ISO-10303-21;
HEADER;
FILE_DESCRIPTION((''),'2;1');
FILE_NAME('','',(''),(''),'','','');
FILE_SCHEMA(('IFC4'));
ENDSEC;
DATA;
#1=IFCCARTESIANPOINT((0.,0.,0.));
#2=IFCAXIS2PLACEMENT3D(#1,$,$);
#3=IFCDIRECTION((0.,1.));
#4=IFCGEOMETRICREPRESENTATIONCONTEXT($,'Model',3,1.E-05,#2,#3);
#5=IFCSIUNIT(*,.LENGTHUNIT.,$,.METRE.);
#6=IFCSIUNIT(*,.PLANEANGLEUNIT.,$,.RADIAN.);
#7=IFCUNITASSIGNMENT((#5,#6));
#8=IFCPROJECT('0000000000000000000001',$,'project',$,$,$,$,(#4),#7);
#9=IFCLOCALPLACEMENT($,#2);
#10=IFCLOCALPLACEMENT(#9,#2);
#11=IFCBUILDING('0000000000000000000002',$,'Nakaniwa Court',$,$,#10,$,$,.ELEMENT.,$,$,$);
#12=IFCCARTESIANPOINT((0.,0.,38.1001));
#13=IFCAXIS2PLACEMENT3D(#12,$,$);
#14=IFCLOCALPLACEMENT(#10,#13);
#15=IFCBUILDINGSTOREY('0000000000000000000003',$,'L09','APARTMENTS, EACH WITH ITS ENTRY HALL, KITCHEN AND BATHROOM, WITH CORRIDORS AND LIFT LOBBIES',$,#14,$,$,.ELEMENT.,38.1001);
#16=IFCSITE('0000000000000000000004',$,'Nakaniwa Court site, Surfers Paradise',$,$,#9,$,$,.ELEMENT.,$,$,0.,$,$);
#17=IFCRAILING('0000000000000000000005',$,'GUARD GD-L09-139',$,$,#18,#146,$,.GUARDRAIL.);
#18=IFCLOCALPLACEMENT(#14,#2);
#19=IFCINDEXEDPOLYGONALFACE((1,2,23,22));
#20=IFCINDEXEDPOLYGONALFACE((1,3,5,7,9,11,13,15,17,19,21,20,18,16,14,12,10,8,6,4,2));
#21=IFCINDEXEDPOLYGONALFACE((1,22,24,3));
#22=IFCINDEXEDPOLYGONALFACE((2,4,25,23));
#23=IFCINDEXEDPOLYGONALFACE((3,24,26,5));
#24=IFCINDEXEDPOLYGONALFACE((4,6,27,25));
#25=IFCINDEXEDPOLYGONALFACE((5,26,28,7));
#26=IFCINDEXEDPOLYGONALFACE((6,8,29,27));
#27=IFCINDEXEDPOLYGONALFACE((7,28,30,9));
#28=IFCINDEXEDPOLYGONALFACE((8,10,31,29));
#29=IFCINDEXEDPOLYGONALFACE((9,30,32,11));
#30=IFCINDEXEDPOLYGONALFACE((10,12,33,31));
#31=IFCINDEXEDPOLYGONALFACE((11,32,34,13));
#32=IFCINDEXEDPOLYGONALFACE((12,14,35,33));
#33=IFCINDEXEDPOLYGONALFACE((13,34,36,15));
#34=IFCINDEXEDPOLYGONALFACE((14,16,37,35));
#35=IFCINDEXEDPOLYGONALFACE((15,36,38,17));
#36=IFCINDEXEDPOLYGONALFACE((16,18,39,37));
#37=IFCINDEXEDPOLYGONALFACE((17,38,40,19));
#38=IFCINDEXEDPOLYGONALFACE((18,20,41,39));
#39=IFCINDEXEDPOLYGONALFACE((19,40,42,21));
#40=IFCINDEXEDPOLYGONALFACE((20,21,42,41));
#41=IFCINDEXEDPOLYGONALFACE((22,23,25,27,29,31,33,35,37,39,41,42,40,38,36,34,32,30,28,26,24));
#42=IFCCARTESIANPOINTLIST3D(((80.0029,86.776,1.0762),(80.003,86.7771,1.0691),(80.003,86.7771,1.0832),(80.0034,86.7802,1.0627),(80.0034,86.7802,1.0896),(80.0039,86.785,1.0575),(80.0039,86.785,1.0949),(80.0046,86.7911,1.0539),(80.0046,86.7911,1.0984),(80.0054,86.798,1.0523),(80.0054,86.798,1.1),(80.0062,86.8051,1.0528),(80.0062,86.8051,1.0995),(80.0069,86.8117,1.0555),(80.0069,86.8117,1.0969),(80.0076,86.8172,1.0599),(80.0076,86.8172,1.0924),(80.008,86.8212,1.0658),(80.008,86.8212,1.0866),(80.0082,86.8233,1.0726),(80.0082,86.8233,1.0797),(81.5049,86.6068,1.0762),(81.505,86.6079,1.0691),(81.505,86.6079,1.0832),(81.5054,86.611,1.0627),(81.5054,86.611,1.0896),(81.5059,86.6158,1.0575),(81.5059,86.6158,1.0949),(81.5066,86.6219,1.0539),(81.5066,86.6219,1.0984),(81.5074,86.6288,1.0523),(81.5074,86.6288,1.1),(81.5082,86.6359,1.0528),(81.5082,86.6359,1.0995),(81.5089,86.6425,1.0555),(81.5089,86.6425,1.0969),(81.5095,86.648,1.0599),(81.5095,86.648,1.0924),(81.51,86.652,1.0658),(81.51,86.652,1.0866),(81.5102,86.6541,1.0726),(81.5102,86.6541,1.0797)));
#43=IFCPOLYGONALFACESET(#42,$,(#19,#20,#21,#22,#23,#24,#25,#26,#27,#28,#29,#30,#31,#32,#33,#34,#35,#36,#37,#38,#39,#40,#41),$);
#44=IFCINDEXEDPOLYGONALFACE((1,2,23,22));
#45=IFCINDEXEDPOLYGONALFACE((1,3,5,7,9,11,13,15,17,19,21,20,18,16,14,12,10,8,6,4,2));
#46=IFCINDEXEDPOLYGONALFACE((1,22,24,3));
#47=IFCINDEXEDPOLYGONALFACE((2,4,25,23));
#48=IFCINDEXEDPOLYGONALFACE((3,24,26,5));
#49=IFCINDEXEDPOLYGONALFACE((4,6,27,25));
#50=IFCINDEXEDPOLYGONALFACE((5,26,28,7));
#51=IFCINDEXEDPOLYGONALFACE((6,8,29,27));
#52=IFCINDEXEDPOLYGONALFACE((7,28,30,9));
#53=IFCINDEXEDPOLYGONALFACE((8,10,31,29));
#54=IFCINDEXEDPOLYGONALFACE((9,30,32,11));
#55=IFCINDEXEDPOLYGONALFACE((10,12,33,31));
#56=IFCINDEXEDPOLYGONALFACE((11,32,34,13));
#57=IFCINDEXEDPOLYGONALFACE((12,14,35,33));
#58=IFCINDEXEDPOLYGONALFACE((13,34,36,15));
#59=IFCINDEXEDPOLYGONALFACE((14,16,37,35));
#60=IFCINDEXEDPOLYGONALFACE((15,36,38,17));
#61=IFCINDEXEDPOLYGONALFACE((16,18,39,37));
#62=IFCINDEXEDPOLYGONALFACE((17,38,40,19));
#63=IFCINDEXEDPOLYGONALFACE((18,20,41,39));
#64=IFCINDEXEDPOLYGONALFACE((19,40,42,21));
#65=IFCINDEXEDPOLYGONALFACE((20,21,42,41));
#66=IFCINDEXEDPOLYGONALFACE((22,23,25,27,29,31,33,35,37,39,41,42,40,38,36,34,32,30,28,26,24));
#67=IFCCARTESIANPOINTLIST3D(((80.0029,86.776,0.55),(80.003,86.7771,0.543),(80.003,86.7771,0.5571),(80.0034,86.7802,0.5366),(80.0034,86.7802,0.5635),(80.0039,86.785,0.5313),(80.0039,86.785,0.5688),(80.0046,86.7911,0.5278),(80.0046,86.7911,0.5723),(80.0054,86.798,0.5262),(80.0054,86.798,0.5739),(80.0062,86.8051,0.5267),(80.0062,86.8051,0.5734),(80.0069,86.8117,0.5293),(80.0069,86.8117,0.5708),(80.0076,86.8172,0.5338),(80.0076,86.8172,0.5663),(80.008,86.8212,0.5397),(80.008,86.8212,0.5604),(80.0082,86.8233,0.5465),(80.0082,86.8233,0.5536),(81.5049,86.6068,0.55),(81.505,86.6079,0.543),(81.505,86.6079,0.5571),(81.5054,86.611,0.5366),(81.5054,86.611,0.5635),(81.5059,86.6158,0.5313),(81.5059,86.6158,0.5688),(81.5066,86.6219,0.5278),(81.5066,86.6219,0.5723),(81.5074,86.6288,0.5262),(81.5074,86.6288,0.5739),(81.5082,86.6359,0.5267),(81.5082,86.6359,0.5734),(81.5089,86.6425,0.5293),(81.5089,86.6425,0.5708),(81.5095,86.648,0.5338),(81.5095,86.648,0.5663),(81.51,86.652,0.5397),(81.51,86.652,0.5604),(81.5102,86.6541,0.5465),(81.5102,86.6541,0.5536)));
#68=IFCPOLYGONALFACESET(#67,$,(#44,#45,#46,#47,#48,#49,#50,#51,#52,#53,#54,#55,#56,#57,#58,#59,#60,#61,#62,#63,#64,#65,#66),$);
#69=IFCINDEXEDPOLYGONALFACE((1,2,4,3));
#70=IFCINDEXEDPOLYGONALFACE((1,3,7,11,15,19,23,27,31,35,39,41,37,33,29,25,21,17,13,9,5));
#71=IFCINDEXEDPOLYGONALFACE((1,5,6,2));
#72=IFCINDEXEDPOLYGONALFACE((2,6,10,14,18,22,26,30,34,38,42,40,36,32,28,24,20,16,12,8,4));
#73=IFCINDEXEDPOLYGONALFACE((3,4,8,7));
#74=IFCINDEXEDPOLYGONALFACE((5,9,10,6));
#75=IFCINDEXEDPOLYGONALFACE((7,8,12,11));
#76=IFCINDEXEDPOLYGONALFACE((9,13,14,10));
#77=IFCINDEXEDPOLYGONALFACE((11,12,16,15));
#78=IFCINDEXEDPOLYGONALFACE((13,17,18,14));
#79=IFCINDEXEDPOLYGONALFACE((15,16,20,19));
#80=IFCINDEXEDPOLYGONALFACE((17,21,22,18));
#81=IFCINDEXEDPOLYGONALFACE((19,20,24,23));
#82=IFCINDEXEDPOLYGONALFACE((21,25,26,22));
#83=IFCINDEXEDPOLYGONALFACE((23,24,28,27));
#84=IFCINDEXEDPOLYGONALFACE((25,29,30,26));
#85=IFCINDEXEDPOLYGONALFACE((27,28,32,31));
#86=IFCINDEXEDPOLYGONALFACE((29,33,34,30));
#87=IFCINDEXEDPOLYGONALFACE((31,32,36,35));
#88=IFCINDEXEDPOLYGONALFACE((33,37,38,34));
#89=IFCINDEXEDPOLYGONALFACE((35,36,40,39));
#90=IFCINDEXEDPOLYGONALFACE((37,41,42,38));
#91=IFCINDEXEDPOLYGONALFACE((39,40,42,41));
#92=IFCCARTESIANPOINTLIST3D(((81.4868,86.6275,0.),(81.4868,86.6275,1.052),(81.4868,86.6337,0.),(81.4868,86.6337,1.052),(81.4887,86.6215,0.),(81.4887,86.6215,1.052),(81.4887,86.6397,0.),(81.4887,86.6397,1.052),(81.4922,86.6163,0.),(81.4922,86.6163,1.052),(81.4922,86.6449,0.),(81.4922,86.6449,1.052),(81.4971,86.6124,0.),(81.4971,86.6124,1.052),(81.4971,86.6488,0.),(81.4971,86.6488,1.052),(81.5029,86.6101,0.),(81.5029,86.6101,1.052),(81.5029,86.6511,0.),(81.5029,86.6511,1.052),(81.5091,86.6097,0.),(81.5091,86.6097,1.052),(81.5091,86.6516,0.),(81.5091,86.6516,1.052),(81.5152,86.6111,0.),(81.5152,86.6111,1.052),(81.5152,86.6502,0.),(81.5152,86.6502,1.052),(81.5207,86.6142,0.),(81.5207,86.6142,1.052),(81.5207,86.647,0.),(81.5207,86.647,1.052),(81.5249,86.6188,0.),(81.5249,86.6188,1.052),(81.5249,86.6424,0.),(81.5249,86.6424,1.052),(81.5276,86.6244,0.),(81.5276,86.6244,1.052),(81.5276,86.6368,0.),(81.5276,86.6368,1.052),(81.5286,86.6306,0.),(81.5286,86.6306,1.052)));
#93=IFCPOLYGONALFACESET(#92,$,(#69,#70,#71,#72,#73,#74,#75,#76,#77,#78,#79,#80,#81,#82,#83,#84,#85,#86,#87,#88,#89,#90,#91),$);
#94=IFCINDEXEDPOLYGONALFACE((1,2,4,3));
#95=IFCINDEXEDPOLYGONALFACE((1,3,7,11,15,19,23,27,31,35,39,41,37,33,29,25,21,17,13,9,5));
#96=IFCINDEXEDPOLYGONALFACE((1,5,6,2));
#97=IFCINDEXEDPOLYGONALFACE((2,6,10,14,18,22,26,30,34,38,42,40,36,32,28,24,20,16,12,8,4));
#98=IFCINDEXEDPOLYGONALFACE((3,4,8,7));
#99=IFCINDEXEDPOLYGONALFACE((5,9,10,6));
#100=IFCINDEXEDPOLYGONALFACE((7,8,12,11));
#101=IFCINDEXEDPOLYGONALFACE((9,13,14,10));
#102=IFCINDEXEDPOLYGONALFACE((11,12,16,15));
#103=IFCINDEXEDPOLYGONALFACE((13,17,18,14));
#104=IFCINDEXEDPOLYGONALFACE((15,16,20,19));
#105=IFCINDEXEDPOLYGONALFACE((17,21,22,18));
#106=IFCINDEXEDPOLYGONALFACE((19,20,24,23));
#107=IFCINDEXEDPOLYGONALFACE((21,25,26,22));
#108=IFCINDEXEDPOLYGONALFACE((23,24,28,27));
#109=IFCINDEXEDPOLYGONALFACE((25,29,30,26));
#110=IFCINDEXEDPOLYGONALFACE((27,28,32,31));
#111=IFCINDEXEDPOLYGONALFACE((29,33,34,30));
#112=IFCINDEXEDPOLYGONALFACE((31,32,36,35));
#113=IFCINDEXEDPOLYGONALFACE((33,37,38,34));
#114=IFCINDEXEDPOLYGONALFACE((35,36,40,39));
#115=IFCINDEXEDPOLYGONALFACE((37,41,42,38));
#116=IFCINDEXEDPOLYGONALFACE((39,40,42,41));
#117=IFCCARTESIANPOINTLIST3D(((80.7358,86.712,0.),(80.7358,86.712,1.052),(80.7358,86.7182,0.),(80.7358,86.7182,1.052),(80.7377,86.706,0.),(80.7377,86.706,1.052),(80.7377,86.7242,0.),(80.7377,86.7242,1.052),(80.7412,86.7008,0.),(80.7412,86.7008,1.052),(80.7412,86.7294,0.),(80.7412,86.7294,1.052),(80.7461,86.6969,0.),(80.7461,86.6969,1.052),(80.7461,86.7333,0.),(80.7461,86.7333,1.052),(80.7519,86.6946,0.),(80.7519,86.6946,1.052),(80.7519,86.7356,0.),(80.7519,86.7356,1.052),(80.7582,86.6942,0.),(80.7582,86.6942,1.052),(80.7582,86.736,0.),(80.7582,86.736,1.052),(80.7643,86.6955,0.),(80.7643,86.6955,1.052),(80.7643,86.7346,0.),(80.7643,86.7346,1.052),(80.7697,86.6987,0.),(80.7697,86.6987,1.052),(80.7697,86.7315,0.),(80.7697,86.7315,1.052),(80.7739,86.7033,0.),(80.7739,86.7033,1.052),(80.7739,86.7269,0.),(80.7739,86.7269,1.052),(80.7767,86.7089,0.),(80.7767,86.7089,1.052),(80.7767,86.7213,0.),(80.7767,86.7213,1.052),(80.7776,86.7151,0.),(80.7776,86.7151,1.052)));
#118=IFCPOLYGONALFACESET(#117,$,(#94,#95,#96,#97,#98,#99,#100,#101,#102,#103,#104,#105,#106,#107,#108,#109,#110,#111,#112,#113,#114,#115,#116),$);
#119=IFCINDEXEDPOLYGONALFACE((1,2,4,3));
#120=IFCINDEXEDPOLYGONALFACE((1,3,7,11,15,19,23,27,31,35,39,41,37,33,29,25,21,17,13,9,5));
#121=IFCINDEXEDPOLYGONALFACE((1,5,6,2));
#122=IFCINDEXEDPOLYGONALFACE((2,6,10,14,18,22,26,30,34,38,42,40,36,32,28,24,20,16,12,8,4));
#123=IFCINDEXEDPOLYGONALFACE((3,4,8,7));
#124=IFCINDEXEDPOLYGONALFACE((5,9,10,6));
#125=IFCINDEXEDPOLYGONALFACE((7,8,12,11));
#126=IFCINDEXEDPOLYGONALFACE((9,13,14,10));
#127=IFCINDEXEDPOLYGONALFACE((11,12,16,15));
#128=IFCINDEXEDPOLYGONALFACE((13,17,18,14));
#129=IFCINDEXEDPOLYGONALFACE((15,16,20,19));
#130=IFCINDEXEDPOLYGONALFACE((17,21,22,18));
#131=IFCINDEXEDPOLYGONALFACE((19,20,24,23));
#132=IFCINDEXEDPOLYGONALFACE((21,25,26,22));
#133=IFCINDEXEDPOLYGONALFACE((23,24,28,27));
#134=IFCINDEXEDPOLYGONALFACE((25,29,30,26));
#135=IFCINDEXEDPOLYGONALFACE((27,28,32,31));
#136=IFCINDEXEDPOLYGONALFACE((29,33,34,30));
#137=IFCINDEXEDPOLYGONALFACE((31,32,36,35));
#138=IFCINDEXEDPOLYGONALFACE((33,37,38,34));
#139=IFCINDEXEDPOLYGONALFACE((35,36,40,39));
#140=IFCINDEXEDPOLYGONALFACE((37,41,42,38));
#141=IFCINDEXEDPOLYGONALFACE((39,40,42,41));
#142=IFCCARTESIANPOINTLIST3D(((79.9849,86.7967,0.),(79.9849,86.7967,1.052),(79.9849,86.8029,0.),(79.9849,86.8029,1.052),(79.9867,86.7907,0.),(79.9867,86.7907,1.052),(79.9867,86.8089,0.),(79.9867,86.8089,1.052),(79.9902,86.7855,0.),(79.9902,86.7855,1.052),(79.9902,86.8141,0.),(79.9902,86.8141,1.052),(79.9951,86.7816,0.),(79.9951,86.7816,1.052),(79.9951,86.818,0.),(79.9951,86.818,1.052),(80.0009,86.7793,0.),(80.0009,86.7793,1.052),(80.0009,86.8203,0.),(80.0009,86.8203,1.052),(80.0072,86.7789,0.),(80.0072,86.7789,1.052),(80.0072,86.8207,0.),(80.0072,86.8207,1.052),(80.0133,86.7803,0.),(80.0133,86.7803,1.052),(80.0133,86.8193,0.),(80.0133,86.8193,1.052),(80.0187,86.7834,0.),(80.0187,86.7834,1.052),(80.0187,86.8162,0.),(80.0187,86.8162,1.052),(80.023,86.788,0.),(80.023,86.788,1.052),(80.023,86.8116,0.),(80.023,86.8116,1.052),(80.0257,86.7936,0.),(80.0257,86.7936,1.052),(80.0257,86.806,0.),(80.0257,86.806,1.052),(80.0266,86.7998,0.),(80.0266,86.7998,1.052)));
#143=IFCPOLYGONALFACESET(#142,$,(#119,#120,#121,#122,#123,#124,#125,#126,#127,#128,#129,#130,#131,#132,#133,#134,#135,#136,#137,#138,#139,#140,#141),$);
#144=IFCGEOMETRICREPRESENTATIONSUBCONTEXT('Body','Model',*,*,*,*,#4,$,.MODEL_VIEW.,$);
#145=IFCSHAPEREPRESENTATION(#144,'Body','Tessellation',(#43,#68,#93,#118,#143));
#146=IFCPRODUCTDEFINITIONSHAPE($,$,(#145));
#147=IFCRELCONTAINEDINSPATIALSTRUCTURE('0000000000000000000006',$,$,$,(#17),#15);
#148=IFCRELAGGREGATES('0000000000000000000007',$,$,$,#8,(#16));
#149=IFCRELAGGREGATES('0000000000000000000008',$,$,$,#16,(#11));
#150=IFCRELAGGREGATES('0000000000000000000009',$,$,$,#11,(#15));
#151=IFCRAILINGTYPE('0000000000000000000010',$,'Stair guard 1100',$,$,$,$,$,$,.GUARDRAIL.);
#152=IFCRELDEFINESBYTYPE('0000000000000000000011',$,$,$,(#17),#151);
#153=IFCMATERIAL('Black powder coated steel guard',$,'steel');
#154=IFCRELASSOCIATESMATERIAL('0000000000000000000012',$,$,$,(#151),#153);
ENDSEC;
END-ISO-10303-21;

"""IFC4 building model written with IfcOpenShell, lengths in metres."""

from ifc_helpers import new_model, si_unit, direction, frame, origin, origin_2d, place, context, subcontext, project, spatial, circle, extrude, material, type_object, element, save


model = new_model("IFC4")

# Units and contexts
model_context = context("Model", 3, precision=1e-05, world=origin(), true_north=direction((0.0, 1.0)))
body_context = subcontext(model_context, "Body", "Model", "MODEL_VIEW")
ifc_project = project(units=[si_unit("LENGTHUNIT", "METRE"), si_unit("PLANEANGLEUNIT", "RADIAN")], contexts=[model_context])

# Site, building, storey
site_placement = place(None, origin())
site = spatial("IfcSite", under=ifc_project, at=site_placement, Name="Nakaniwa Court site, Surfers Paradise", CompositionType="ELEMENT", RefElevation=0.0)
building_placement = place(site_placement, origin())
building = spatial("IfcBuilding", under=site, at=building_placement, Name="Nakaniwa Court", CompositionType="ELEMENT")
storey_placement = place(building_placement, frame((0.0, 0.0, 38.1001)))
storey = spatial("IfcBuildingStorey", under=building, at=storey_placement, Name="L09", Description="APARTMENTS, EACH WITH ITS ENTRY HALL, KITCHEN AND BATHROOM, WITH CORRIDORS AND LIFT LOBBIES", CompositionType="ELEMENT", Elevation=38.1001)

# Railing
ifc_material_1 = material(Name="Black powder coated steel guard", Category="steel")
railing_type = type_object("IfcRailingType", Name="Stair guard 1100", PredefinedType="GUARDRAIL", material=ifc_material_1)
railing_1_placement = place(storey_placement, frame((81.5076, 86.6306, 0.0)))
element("IfcRailing", 1, at=railing_1_placement, inside=storey, type_object=railing_type, Name="GUARD GD-L09-139", PredefinedType="GUARDRAIL", context=body_context, shape_type="SweptSolid", body=[
    extrude(circle(Radius=0.0239, at=origin_2d()), frame((0.0, 0.0, 1.0762), z_axis=(-0.993715, 0.111938, 0.0), x_axis=(-0.111938, -0.993715, 0.0)), (0.0, 0.0, 1.0), 1.5115),
    extrude(circle(Radius=0.0239, at=origin_2d()), frame((0.0, 0.0, 0.55), z_axis=(-0.993715, 0.111938, 0.0), x_axis=(-0.111938, -0.993715, 0.0)), (0.0, 0.0, 1.0), 1.5115),
    extrude(circle(Radius=0.021, at=origin_2d()), origin(), (0.0, 0.0, 1.0), 1.052),
    extrude(circle(Radius=0.021, at=origin_2d()), frame((-0.751, 0.0845, 0.0)), (0.0, 0.0, 1.0), 1.052),
    extrude(circle(Radius=0.021, at=origin_2d()), frame((-1.502, 0.1692, 0.0)), (0.0, 0.0, 1.0), 1.052),
])

save(model, "model.ifc")
